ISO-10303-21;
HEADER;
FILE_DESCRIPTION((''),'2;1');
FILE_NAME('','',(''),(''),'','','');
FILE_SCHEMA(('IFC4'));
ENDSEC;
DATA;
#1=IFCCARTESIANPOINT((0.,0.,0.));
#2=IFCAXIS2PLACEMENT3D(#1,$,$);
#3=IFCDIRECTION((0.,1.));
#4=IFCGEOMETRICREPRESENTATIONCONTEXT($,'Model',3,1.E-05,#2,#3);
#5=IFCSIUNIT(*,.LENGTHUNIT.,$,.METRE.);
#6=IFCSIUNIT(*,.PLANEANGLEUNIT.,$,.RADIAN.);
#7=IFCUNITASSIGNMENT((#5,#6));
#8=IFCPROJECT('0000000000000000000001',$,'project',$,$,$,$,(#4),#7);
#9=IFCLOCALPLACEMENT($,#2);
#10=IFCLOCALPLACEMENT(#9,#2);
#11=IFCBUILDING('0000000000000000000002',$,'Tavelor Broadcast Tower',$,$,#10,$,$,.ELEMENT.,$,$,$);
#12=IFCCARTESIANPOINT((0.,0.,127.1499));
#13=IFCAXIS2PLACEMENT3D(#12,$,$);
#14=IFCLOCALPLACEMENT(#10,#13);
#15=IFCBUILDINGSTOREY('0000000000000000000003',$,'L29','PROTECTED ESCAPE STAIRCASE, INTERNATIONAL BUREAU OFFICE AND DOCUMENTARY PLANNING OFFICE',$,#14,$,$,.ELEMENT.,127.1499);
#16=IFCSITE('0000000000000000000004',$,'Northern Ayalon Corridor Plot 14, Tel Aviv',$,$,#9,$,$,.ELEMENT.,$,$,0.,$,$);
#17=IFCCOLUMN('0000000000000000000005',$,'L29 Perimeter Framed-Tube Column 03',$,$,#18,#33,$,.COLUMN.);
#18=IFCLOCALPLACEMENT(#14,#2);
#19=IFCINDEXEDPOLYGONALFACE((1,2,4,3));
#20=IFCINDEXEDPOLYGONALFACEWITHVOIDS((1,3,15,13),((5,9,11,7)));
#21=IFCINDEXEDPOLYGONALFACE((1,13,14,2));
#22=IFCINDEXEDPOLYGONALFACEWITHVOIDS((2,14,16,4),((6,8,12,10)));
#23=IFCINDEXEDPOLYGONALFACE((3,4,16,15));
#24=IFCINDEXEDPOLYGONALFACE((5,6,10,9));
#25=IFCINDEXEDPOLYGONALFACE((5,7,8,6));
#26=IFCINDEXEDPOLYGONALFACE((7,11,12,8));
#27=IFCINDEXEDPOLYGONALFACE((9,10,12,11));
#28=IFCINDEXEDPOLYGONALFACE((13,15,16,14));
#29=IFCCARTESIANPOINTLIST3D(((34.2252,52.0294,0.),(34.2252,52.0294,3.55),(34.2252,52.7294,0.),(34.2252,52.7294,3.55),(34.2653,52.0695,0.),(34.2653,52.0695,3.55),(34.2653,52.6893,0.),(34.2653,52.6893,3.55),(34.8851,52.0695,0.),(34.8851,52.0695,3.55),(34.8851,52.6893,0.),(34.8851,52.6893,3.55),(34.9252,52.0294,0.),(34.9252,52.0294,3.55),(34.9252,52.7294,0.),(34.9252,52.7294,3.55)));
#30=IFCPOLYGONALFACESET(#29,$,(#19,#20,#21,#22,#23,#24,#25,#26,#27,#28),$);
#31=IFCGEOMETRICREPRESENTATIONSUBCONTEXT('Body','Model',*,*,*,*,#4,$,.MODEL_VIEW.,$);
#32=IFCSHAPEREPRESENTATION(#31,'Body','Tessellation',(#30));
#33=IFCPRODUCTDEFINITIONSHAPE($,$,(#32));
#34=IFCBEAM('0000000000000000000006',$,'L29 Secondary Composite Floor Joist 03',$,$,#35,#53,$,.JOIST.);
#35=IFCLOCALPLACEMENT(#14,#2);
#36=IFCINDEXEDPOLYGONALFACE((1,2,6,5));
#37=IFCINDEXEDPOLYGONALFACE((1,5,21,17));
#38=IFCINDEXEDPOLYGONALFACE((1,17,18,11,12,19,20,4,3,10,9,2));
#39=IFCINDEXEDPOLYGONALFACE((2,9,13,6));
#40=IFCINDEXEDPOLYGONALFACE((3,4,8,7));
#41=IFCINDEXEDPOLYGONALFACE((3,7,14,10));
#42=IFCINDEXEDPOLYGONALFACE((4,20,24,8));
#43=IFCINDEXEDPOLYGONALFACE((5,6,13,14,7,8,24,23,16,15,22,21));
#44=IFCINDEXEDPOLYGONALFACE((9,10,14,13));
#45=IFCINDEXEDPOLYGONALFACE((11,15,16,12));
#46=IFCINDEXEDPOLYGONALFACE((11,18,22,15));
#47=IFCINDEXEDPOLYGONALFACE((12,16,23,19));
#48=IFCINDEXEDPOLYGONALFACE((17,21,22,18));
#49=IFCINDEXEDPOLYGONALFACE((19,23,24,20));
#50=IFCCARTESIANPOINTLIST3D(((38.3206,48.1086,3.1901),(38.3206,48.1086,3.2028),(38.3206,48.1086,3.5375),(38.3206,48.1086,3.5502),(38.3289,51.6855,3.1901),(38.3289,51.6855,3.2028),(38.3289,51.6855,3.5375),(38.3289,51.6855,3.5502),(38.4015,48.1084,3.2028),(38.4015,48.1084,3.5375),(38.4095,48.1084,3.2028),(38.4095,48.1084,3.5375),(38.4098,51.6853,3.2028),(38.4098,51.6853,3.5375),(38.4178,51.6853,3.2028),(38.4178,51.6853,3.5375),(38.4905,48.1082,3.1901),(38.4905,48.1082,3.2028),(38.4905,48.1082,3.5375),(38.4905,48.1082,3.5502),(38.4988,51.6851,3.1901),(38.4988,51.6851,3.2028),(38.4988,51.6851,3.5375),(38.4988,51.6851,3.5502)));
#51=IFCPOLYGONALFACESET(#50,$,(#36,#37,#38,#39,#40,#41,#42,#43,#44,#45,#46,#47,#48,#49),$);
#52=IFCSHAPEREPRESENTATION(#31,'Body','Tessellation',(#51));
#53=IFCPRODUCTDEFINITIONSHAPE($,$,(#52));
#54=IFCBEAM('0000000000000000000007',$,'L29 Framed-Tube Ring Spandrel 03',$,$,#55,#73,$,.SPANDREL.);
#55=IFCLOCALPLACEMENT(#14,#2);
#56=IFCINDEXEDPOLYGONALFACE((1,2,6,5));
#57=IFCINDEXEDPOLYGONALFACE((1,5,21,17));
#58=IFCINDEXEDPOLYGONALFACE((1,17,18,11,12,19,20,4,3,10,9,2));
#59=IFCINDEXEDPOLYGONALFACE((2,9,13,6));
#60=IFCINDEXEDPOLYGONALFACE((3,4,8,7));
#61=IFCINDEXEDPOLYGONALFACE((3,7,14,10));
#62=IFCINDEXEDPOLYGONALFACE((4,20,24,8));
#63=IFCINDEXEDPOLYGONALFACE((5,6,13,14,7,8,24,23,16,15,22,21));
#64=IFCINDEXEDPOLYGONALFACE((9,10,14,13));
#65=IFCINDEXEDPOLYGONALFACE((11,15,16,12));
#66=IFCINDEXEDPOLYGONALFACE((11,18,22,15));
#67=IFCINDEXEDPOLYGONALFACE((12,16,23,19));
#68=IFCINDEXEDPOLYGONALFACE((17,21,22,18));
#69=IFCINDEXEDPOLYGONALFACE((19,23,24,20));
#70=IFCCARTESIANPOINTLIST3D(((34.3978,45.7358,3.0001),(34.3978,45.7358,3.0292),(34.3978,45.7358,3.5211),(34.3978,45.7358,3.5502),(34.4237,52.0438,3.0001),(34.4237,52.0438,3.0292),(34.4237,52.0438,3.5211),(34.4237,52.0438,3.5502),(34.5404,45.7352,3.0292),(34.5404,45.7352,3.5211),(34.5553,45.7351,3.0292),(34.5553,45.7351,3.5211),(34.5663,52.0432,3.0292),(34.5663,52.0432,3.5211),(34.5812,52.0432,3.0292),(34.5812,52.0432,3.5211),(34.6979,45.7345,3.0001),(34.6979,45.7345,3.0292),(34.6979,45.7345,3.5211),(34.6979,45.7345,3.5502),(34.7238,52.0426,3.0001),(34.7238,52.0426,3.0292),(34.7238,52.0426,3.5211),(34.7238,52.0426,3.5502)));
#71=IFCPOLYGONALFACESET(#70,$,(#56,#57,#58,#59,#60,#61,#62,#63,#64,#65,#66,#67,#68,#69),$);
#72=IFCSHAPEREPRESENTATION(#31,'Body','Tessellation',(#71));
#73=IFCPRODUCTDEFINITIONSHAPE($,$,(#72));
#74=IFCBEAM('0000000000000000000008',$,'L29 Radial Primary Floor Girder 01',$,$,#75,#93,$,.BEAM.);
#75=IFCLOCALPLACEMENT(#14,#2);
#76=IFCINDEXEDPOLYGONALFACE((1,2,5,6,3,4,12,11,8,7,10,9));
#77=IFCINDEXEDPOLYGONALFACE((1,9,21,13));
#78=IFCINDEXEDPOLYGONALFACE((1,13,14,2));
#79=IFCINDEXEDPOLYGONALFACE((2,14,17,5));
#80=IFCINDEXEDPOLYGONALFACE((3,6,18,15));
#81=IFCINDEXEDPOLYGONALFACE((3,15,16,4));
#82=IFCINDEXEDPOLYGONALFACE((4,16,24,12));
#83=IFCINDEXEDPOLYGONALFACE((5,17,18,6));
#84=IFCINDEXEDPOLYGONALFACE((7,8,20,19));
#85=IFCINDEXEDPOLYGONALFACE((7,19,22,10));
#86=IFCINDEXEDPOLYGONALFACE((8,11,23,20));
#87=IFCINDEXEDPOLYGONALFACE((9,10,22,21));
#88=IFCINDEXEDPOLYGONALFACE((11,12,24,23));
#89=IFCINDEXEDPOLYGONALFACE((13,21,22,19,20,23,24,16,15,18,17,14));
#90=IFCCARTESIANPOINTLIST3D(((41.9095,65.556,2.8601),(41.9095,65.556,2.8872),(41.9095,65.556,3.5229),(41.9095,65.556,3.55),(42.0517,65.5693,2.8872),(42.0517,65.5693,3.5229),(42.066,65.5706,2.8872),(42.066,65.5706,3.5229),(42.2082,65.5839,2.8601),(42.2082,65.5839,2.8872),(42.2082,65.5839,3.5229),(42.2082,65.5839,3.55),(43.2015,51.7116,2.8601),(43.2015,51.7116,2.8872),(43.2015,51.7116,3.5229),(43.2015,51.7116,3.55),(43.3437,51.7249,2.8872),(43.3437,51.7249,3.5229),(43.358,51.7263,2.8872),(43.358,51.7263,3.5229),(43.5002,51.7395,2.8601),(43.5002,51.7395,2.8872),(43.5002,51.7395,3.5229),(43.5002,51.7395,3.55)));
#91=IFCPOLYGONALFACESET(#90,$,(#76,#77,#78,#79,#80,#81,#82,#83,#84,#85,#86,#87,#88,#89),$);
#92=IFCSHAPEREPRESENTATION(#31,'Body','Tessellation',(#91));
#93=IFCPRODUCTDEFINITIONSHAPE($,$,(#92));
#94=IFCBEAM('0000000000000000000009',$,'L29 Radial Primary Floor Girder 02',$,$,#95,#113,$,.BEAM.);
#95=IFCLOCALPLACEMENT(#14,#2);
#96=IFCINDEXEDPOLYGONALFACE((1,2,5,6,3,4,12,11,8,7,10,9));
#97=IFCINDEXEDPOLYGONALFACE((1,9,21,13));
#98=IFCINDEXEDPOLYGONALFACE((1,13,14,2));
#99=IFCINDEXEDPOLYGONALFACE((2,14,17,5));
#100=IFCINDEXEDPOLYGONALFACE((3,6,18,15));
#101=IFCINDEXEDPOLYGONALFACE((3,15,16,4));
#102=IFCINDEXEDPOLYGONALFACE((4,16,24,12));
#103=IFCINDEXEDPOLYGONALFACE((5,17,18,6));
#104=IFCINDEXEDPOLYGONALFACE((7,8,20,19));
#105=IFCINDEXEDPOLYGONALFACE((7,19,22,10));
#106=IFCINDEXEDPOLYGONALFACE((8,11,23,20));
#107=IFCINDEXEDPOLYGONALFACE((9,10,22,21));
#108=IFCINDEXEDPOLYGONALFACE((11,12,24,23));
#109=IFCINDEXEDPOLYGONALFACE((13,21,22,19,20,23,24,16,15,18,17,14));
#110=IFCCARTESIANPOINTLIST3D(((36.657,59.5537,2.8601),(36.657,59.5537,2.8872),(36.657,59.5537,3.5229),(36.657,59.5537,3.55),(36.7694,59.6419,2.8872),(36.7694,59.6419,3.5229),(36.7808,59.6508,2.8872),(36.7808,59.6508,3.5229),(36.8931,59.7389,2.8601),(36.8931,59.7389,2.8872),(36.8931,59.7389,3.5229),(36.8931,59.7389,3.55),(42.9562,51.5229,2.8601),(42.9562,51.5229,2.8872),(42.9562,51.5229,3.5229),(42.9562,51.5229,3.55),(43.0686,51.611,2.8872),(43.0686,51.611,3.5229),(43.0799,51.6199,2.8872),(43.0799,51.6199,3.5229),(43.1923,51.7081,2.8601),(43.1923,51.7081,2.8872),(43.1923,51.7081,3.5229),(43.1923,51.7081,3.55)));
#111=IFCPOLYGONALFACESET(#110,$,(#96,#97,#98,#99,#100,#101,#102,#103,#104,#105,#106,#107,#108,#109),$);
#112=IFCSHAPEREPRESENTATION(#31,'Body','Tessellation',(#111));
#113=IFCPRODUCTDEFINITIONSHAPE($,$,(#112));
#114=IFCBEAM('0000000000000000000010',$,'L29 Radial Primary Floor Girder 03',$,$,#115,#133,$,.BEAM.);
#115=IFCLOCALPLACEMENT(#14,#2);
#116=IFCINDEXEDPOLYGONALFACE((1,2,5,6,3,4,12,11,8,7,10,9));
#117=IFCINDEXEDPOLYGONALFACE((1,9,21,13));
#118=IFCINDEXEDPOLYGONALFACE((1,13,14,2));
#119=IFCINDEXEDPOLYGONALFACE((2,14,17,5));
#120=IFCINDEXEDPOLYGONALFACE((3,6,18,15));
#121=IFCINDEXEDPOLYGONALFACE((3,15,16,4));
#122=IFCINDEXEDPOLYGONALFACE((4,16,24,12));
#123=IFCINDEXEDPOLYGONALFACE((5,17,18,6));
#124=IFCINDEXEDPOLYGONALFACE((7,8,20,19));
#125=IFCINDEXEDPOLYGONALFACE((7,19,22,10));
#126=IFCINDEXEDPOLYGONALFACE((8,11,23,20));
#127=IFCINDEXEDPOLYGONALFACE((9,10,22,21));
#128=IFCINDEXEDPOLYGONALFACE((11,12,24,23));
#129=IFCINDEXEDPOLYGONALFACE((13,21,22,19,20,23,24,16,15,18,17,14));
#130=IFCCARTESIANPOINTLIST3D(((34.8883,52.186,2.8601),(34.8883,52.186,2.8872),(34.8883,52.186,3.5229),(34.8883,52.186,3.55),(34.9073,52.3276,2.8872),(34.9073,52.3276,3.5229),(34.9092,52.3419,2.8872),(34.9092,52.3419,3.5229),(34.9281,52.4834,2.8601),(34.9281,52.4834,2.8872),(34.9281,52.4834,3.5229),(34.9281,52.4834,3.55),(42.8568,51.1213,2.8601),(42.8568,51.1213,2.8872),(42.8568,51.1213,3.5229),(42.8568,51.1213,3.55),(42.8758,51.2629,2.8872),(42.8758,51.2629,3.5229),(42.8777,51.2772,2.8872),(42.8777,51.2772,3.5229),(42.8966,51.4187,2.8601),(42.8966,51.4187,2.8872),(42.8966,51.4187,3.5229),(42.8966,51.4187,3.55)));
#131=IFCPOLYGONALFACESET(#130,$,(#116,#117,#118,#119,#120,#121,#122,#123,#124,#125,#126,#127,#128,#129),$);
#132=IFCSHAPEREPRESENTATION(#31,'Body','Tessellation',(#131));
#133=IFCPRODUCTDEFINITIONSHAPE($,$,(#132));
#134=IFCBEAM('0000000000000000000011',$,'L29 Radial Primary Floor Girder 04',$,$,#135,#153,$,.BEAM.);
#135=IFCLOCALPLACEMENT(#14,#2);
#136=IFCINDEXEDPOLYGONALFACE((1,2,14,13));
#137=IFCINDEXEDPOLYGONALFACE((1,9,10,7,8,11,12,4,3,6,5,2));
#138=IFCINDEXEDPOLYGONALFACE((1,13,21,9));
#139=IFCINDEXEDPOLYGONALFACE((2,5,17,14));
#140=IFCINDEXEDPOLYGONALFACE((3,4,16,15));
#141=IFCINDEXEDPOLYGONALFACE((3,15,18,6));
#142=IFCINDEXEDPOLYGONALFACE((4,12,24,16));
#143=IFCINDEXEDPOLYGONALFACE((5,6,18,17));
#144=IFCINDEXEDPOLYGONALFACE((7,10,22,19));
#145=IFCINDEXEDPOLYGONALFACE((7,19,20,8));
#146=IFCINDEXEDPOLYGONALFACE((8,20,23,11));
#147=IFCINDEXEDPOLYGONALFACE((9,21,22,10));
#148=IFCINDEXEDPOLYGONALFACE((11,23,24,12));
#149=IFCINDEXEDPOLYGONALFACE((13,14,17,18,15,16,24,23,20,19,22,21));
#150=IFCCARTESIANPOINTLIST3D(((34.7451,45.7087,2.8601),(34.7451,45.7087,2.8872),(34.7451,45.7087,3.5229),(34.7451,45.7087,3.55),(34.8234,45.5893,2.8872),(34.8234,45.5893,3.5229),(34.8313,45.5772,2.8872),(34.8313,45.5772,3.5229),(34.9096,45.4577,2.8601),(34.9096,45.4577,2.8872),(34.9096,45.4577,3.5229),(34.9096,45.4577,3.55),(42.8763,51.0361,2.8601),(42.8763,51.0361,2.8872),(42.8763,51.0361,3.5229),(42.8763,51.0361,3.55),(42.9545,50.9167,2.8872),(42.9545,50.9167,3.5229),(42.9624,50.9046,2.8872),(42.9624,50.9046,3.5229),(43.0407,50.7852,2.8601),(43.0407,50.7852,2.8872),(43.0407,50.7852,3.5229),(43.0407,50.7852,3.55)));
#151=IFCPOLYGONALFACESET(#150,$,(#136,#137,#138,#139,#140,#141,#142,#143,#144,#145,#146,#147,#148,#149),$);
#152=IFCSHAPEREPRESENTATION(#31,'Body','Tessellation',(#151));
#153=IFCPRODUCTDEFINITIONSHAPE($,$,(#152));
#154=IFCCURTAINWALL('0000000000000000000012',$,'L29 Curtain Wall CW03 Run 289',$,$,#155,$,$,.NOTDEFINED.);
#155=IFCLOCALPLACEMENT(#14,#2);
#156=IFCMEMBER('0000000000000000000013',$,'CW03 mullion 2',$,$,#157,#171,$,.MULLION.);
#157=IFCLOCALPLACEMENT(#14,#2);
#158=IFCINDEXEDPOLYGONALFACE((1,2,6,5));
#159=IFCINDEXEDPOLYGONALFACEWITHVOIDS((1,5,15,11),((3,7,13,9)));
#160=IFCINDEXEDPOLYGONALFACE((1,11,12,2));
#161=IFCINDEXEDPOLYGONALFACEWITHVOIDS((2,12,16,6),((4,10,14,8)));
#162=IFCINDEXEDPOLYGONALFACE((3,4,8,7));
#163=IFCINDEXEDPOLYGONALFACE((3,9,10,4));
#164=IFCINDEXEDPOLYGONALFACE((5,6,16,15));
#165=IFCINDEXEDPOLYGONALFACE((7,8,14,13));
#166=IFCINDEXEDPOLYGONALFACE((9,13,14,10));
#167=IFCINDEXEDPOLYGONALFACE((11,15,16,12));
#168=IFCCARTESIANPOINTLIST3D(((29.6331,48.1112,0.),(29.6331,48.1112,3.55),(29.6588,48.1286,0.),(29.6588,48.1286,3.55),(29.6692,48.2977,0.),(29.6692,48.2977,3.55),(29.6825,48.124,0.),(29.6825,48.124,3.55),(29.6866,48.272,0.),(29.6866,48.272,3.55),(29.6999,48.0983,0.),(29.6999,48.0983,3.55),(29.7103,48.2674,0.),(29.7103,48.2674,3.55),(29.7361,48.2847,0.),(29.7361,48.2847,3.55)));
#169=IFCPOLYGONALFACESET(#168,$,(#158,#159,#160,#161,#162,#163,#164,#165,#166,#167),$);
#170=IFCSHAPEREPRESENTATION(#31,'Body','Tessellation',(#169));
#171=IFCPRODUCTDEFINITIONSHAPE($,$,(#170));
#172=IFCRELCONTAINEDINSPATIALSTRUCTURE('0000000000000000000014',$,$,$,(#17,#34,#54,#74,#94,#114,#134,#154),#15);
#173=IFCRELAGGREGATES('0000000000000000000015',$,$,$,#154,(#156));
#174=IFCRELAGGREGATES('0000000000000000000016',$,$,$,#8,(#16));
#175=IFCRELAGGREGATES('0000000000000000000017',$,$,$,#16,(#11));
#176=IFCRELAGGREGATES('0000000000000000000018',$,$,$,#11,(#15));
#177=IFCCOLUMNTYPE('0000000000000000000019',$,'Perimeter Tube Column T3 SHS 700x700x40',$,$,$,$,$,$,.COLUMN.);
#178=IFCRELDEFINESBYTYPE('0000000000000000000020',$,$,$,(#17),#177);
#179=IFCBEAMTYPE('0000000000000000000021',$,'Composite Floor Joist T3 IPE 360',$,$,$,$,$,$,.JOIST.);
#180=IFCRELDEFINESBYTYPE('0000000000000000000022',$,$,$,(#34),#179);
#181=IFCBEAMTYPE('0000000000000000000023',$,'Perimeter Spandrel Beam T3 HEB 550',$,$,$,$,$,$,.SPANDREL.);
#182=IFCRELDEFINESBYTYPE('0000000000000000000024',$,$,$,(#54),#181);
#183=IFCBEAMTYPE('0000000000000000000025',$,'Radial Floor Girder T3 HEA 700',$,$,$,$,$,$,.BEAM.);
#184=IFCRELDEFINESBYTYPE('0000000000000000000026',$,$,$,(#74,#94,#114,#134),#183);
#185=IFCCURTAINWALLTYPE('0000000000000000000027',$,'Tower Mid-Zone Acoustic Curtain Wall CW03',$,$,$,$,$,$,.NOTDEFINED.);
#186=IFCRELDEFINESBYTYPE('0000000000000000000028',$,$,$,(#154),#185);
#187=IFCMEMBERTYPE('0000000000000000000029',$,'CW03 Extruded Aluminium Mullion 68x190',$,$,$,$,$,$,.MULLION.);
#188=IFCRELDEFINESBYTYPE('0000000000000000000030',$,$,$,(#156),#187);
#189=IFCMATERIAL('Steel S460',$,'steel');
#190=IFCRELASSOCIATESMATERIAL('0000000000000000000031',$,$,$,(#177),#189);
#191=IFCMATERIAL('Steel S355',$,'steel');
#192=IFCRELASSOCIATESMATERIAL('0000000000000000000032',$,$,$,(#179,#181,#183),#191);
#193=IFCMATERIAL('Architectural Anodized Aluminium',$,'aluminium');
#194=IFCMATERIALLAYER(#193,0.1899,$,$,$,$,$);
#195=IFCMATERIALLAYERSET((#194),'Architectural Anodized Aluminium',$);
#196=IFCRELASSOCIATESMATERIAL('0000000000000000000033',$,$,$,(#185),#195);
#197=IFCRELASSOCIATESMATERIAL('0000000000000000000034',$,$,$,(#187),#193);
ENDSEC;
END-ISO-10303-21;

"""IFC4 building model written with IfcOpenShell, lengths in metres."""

from ifc_helpers import new_model, si_unit, direction, frame, origin, origin_2d, place, context, subcontext, project, spatial, hollow_rectangle, i_section, extrude, source, transform, mapped, material, layer, layer_set, material_profile, profile_set, type_object, type_shapes, element, aggregate, save


model = new_model("IFC4")

# Units and contexts
model_context = context("Model", 3, precision=1e-05, world=origin(), true_north=direction((0.0, 1.0)))
body_context = subcontext(model_context, "Body", "Model", "MODEL_VIEW")
ifc_project = project(units=[si_unit("LENGTHUNIT", "METRE"), si_unit("PLANEANGLEUNIT", "RADIAN")], contexts=[model_context])

# Site, building, storey
site_placement = place(None, origin())
site = spatial("IfcSite", under=ifc_project, at=site_placement, Name="Northern Ayalon Corridor Plot 14, Tel Aviv", CompositionType="ELEMENT", RefElevation=0.0)
building_placement = place(site_placement, origin())
building = spatial("IfcBuilding", under=site, at=building_placement, Name="Tavelor Broadcast Tower", CompositionType="ELEMENT")
storey_placement = place(building_placement, frame((0.0, 0.0, 127.1499)))
storey = spatial("IfcBuildingStorey", under=building, at=storey_placement, Name="L29", Description="PROTECTED ESCAPE STAIRCASE, INTERNATIONAL BUREAU OFFICE AND DOCUMENTARY PLANNING OFFICE", CompositionType="ELEMENT", Elevation=127.1499)

# Column
ifc_material_1 = material(Name="Steel S460", Category="steel")
ifc_material_profile_1 = material_profile(ifc_material_1, hollow_rectangle(XDim=0.7, YDim=0.7, WallThickness=0.04, at=origin_2d()), Name="SHS 700x700x40")
ifc_profile_set_1 = profile_set([ifc_material_profile_1], Name="Steel S460")
column_type = type_object("IfcColumnType", Name="Perimeter Tube Column T3 SHS 700x700x40", PredefinedType="COLUMN", material=ifc_profile_set_1)
column_placement = place(storey_placement, frame((34.5752, 52.3794, 0.0), z_axis=(0.0, 0.0, 1.0), x_axis=(1.0, 0.0, 0.0)))
element("IfcColumn", 1, at=column_placement, inside=storey, type_object=column_type, Name="L29 Perimeter Framed-Tube Column 03", PredefinedType="COLUMN", context=body_context, shape_type="SweptSolid", body=[
    extrude(hollow_rectangle(XDim=0.7, YDim=0.7, WallThickness=0.04, at=origin_2d()), origin(), (0.0, 0.0, 1.0), 3.55),
])

# Beams
ifc_material_2 = material(Name="Steel S355", Category="steel")
ifc_material_profile_2 = material_profile(ifc_material_2, i_section(OverallWidth=0.1699, OverallDepth=0.3601, WebThickness=0.0081, FlangeThickness=0.0127, at=origin_2d()), Name="IPE 360")
ifc_profile_set_2 = profile_set([ifc_material_profile_2], Name="Steel S355")
beam_type_1 = type_object("IfcBeamType", Name="Composite Floor Joist T3 IPE 360", PredefinedType="JOIST", material=ifc_profile_set_2)
beam_1_placement = place(storey_placement, frame((38.4138, 51.6853, 3.3701), z_axis=(-0.002321, -0.999997, 0.0), x_axis=(0.999997, -0.002321, 0.0)))
element("IfcBeam", 2, at=beam_1_placement, inside=storey, type_object=beam_type_1, Name="L29 Secondary Composite Floor Joist 03", PredefinedType="JOIST", context=body_context, shape_type="SweptSolid", body=[
    extrude(i_section(OverallWidth=0.1699, OverallDepth=0.3601, WebThickness=0.0081, FlangeThickness=0.0127, at=origin_2d()), origin(), (0.0, 0.0, 1.0), 3.5769),
])
ifc_material_profile_3 = material_profile(ifc_material_2, i_section(OverallWidth=0.3, OverallDepth=0.55, WebThickness=0.0149, FlangeThickness=0.0291, at=origin_2d()), Name="HEB 550")
ifc_profile_set_3 = profile_set([ifc_material_profile_3], Name="Steel S355")
beam_type_2 = type_object("IfcBeamType", Name="Perimeter Spandrel Beam T3 HEB 550", PredefinedType="SPANDREL", material=ifc_profile_set_3)
beam_2_placement = place(storey_placement, frame((34.5737, 52.0432, 3.2751), z_axis=(-0.004102, -0.999992, 0.0), x_axis=(0.999992, -0.004102, 0.0)))
element("IfcBeam", 3, at=beam_2_placement, inside=storey, type_object=beam_type_2, Name="L29 Framed-Tube Ring Spandrel 03", PredefinedType="SPANDREL", context=body_context, shape_type="SweptSolid", body=[
    extrude(i_section(OverallWidth=0.3, OverallDepth=0.55, WebThickness=0.0149, FlangeThickness=0.0291, at=origin_2d()), origin(), (0.0, 0.0, 1.0), 6.3081),
])
ifc_material_profile_4 = material_profile(ifc_material_2, i_section(OverallWidth=0.3, OverallDepth=0.6899, WebThickness=0.0144, FlangeThickness=0.0271, at=origin_2d()), Name="HEA 700")
ifc_profile_set_4 = profile_set([ifc_material_profile_4], Name="Steel S355")
beam_type_3 = type_object("IfcBeamType", Name="Radial Floor Girder T3 HEA 700", PredefinedType="BEAM", material=ifc_profile_set_4)
beam_3_placement = place(storey_placement, frame((43.3508, 51.7256, 3.2051), z_axis=(-0.092918, 0.995674, 0.0), x_axis=(-0.995674, -0.092918, 0.0)))
element("IfcBeam", 4, at=beam_3_placement, inside=storey, type_object=beam_type_3, Name="L29 Radial Primary Floor Girder 01", PredefinedType="BEAM", context=body_context, shape_type="SweptSolid", body=[
    extrude(i_section(OverallWidth=0.3, OverallDepth=0.6899, WebThickness=0.0144, FlangeThickness=0.0271, at=origin_2d()), origin(), (0.0, 0.0, 1.0), 13.9045),
])
beam_4_placement = place(storey_placement, frame((43.0742, 51.6155, 3.2051), z_axis=(-0.617166, 0.786833, 0.0), x_axis=(-0.786833, -0.617166, 0.0)))
element("IfcBeam", 5, at=beam_4_placement, inside=storey, type_object=beam_type_3, Name="L29 Radial Primary Floor Girder 02", PredefinedType="BEAM", context=body_context, shape_type="SweptSolid", body=[
    extrude(i_section(OverallWidth=0.3, OverallDepth=0.6899, WebThickness=0.0144, FlangeThickness=0.0271, at=origin_2d()), origin(), (0.0, 0.0, 1.0), 10.2065),
])
beam_5_placement = place(storey_placement, frame((42.8767, 51.27, 3.2051), z_axis=(-0.991192, 0.132436, 0.0), x_axis=(-0.132436, -0.991192, 0.0)))
element("IfcBeam", 6, at=beam_5_placement, inside=storey, type_object=beam_type_3, Name="L29 Radial Primary Floor Girder 03", PredefinedType="BEAM", context=body_context, shape_type="SweptSolid", body=[
    extrude(i_section(OverallWidth=0.3, OverallDepth=0.6899, WebThickness=0.0144, FlangeThickness=0.0271, at=origin_2d()), origin(), (0.0, 0.0, 1.0), 8.0393),
])
beam_6_placement = place(storey_placement, frame((42.9585, 50.9106, 3.2051), z_axis=(-0.836456, -0.548035, 0.0), x_axis=(0.548035, -0.836456, 0.0)))
element("IfcBeam", 7, at=beam_6_placement, inside=storey, type_object=beam_type_3, Name="L29 Radial Primary Floor Girder 04", PredefinedType="BEAM", context=body_context, shape_type="SweptSolid", body=[
    extrude(i_section(OverallWidth=0.3, OverallDepth=0.6899, WebThickness=0.0144, FlangeThickness=0.0271, at=origin_2d()), origin(), (0.0, 0.0, 1.0), 9.7209),
])

# Curtain wall, member
ifc_material_3 = material(Name="Architectural Anodized Aluminium", Category="aluminium")
ifc_layer_1 = layer(ifc_material_3, 0.1899)
ifc_layer_set_1 = layer_set([ifc_layer_1], Name="Architectural Anodized Aluminium")
curtain_wall_type = type_object("IfcCurtainWallType", Name="Tower Mid-Zone Acoustic Curtain Wall CW03", PredefinedType="NOTDEFINED", material=ifc_layer_set_1)
curtain_wall_1_placement = place(storey_placement, origin())
curtain_wall_1 = element("IfcCurtainWall", 8, at=curtain_wall_1_placement, inside=storey, type_object=curtain_wall_type, Name="L29 Curtain Wall CW03 Run 289", PredefinedType="NOTDEFINED")
ifc_material_profile_5 = material_profile(ifc_material_3, hollow_rectangle(XDim=0.0681, YDim=0.1899, WallThickness=0.022, at=origin_2d()), Name="RHS 68x190x22")
ifc_profile_set_5 = profile_set([ifc_material_profile_5], Name="Architectural Anodized Aluminium")
member_type_1 = type_object("IfcMemberType", Name="CW03 Extruded Aluminium Mullion 68x190", PredefinedType="MULLION", material=ifc_profile_set_5)
shared_shape_1 = source(origin(), body_context, "Body", "SweptSolid", [
    extrude(hollow_rectangle(XDim=0.0681, YDim=0.1899, WallThickness=0.022, at=origin_2d()), origin(), (0.0, 0.0, 1.0), 3.55),
])
type_shapes(member_type_1, [shared_shape_1])
member_1_placement = place(storey_placement, frame((29.6846, 48.198, 0.0), z_axis=(0.0, 0.0, 1.0), x_axis=(0.981711, -0.190378, 0.0)))
member_1 = element("IfcMember", 9, at=member_1_placement, type_object=member_type_1, Name="CW03 mullion 2", PredefinedType="MULLION", context=body_context, shape_type="MappedRepresentation", body=[
    mapped(shared_shape_1, transform((0.0, 0.0, 0.0), scale=1.0)),
])

aggregate(curtain_wall_1, [member_1])

save(model, "model.ifc")
